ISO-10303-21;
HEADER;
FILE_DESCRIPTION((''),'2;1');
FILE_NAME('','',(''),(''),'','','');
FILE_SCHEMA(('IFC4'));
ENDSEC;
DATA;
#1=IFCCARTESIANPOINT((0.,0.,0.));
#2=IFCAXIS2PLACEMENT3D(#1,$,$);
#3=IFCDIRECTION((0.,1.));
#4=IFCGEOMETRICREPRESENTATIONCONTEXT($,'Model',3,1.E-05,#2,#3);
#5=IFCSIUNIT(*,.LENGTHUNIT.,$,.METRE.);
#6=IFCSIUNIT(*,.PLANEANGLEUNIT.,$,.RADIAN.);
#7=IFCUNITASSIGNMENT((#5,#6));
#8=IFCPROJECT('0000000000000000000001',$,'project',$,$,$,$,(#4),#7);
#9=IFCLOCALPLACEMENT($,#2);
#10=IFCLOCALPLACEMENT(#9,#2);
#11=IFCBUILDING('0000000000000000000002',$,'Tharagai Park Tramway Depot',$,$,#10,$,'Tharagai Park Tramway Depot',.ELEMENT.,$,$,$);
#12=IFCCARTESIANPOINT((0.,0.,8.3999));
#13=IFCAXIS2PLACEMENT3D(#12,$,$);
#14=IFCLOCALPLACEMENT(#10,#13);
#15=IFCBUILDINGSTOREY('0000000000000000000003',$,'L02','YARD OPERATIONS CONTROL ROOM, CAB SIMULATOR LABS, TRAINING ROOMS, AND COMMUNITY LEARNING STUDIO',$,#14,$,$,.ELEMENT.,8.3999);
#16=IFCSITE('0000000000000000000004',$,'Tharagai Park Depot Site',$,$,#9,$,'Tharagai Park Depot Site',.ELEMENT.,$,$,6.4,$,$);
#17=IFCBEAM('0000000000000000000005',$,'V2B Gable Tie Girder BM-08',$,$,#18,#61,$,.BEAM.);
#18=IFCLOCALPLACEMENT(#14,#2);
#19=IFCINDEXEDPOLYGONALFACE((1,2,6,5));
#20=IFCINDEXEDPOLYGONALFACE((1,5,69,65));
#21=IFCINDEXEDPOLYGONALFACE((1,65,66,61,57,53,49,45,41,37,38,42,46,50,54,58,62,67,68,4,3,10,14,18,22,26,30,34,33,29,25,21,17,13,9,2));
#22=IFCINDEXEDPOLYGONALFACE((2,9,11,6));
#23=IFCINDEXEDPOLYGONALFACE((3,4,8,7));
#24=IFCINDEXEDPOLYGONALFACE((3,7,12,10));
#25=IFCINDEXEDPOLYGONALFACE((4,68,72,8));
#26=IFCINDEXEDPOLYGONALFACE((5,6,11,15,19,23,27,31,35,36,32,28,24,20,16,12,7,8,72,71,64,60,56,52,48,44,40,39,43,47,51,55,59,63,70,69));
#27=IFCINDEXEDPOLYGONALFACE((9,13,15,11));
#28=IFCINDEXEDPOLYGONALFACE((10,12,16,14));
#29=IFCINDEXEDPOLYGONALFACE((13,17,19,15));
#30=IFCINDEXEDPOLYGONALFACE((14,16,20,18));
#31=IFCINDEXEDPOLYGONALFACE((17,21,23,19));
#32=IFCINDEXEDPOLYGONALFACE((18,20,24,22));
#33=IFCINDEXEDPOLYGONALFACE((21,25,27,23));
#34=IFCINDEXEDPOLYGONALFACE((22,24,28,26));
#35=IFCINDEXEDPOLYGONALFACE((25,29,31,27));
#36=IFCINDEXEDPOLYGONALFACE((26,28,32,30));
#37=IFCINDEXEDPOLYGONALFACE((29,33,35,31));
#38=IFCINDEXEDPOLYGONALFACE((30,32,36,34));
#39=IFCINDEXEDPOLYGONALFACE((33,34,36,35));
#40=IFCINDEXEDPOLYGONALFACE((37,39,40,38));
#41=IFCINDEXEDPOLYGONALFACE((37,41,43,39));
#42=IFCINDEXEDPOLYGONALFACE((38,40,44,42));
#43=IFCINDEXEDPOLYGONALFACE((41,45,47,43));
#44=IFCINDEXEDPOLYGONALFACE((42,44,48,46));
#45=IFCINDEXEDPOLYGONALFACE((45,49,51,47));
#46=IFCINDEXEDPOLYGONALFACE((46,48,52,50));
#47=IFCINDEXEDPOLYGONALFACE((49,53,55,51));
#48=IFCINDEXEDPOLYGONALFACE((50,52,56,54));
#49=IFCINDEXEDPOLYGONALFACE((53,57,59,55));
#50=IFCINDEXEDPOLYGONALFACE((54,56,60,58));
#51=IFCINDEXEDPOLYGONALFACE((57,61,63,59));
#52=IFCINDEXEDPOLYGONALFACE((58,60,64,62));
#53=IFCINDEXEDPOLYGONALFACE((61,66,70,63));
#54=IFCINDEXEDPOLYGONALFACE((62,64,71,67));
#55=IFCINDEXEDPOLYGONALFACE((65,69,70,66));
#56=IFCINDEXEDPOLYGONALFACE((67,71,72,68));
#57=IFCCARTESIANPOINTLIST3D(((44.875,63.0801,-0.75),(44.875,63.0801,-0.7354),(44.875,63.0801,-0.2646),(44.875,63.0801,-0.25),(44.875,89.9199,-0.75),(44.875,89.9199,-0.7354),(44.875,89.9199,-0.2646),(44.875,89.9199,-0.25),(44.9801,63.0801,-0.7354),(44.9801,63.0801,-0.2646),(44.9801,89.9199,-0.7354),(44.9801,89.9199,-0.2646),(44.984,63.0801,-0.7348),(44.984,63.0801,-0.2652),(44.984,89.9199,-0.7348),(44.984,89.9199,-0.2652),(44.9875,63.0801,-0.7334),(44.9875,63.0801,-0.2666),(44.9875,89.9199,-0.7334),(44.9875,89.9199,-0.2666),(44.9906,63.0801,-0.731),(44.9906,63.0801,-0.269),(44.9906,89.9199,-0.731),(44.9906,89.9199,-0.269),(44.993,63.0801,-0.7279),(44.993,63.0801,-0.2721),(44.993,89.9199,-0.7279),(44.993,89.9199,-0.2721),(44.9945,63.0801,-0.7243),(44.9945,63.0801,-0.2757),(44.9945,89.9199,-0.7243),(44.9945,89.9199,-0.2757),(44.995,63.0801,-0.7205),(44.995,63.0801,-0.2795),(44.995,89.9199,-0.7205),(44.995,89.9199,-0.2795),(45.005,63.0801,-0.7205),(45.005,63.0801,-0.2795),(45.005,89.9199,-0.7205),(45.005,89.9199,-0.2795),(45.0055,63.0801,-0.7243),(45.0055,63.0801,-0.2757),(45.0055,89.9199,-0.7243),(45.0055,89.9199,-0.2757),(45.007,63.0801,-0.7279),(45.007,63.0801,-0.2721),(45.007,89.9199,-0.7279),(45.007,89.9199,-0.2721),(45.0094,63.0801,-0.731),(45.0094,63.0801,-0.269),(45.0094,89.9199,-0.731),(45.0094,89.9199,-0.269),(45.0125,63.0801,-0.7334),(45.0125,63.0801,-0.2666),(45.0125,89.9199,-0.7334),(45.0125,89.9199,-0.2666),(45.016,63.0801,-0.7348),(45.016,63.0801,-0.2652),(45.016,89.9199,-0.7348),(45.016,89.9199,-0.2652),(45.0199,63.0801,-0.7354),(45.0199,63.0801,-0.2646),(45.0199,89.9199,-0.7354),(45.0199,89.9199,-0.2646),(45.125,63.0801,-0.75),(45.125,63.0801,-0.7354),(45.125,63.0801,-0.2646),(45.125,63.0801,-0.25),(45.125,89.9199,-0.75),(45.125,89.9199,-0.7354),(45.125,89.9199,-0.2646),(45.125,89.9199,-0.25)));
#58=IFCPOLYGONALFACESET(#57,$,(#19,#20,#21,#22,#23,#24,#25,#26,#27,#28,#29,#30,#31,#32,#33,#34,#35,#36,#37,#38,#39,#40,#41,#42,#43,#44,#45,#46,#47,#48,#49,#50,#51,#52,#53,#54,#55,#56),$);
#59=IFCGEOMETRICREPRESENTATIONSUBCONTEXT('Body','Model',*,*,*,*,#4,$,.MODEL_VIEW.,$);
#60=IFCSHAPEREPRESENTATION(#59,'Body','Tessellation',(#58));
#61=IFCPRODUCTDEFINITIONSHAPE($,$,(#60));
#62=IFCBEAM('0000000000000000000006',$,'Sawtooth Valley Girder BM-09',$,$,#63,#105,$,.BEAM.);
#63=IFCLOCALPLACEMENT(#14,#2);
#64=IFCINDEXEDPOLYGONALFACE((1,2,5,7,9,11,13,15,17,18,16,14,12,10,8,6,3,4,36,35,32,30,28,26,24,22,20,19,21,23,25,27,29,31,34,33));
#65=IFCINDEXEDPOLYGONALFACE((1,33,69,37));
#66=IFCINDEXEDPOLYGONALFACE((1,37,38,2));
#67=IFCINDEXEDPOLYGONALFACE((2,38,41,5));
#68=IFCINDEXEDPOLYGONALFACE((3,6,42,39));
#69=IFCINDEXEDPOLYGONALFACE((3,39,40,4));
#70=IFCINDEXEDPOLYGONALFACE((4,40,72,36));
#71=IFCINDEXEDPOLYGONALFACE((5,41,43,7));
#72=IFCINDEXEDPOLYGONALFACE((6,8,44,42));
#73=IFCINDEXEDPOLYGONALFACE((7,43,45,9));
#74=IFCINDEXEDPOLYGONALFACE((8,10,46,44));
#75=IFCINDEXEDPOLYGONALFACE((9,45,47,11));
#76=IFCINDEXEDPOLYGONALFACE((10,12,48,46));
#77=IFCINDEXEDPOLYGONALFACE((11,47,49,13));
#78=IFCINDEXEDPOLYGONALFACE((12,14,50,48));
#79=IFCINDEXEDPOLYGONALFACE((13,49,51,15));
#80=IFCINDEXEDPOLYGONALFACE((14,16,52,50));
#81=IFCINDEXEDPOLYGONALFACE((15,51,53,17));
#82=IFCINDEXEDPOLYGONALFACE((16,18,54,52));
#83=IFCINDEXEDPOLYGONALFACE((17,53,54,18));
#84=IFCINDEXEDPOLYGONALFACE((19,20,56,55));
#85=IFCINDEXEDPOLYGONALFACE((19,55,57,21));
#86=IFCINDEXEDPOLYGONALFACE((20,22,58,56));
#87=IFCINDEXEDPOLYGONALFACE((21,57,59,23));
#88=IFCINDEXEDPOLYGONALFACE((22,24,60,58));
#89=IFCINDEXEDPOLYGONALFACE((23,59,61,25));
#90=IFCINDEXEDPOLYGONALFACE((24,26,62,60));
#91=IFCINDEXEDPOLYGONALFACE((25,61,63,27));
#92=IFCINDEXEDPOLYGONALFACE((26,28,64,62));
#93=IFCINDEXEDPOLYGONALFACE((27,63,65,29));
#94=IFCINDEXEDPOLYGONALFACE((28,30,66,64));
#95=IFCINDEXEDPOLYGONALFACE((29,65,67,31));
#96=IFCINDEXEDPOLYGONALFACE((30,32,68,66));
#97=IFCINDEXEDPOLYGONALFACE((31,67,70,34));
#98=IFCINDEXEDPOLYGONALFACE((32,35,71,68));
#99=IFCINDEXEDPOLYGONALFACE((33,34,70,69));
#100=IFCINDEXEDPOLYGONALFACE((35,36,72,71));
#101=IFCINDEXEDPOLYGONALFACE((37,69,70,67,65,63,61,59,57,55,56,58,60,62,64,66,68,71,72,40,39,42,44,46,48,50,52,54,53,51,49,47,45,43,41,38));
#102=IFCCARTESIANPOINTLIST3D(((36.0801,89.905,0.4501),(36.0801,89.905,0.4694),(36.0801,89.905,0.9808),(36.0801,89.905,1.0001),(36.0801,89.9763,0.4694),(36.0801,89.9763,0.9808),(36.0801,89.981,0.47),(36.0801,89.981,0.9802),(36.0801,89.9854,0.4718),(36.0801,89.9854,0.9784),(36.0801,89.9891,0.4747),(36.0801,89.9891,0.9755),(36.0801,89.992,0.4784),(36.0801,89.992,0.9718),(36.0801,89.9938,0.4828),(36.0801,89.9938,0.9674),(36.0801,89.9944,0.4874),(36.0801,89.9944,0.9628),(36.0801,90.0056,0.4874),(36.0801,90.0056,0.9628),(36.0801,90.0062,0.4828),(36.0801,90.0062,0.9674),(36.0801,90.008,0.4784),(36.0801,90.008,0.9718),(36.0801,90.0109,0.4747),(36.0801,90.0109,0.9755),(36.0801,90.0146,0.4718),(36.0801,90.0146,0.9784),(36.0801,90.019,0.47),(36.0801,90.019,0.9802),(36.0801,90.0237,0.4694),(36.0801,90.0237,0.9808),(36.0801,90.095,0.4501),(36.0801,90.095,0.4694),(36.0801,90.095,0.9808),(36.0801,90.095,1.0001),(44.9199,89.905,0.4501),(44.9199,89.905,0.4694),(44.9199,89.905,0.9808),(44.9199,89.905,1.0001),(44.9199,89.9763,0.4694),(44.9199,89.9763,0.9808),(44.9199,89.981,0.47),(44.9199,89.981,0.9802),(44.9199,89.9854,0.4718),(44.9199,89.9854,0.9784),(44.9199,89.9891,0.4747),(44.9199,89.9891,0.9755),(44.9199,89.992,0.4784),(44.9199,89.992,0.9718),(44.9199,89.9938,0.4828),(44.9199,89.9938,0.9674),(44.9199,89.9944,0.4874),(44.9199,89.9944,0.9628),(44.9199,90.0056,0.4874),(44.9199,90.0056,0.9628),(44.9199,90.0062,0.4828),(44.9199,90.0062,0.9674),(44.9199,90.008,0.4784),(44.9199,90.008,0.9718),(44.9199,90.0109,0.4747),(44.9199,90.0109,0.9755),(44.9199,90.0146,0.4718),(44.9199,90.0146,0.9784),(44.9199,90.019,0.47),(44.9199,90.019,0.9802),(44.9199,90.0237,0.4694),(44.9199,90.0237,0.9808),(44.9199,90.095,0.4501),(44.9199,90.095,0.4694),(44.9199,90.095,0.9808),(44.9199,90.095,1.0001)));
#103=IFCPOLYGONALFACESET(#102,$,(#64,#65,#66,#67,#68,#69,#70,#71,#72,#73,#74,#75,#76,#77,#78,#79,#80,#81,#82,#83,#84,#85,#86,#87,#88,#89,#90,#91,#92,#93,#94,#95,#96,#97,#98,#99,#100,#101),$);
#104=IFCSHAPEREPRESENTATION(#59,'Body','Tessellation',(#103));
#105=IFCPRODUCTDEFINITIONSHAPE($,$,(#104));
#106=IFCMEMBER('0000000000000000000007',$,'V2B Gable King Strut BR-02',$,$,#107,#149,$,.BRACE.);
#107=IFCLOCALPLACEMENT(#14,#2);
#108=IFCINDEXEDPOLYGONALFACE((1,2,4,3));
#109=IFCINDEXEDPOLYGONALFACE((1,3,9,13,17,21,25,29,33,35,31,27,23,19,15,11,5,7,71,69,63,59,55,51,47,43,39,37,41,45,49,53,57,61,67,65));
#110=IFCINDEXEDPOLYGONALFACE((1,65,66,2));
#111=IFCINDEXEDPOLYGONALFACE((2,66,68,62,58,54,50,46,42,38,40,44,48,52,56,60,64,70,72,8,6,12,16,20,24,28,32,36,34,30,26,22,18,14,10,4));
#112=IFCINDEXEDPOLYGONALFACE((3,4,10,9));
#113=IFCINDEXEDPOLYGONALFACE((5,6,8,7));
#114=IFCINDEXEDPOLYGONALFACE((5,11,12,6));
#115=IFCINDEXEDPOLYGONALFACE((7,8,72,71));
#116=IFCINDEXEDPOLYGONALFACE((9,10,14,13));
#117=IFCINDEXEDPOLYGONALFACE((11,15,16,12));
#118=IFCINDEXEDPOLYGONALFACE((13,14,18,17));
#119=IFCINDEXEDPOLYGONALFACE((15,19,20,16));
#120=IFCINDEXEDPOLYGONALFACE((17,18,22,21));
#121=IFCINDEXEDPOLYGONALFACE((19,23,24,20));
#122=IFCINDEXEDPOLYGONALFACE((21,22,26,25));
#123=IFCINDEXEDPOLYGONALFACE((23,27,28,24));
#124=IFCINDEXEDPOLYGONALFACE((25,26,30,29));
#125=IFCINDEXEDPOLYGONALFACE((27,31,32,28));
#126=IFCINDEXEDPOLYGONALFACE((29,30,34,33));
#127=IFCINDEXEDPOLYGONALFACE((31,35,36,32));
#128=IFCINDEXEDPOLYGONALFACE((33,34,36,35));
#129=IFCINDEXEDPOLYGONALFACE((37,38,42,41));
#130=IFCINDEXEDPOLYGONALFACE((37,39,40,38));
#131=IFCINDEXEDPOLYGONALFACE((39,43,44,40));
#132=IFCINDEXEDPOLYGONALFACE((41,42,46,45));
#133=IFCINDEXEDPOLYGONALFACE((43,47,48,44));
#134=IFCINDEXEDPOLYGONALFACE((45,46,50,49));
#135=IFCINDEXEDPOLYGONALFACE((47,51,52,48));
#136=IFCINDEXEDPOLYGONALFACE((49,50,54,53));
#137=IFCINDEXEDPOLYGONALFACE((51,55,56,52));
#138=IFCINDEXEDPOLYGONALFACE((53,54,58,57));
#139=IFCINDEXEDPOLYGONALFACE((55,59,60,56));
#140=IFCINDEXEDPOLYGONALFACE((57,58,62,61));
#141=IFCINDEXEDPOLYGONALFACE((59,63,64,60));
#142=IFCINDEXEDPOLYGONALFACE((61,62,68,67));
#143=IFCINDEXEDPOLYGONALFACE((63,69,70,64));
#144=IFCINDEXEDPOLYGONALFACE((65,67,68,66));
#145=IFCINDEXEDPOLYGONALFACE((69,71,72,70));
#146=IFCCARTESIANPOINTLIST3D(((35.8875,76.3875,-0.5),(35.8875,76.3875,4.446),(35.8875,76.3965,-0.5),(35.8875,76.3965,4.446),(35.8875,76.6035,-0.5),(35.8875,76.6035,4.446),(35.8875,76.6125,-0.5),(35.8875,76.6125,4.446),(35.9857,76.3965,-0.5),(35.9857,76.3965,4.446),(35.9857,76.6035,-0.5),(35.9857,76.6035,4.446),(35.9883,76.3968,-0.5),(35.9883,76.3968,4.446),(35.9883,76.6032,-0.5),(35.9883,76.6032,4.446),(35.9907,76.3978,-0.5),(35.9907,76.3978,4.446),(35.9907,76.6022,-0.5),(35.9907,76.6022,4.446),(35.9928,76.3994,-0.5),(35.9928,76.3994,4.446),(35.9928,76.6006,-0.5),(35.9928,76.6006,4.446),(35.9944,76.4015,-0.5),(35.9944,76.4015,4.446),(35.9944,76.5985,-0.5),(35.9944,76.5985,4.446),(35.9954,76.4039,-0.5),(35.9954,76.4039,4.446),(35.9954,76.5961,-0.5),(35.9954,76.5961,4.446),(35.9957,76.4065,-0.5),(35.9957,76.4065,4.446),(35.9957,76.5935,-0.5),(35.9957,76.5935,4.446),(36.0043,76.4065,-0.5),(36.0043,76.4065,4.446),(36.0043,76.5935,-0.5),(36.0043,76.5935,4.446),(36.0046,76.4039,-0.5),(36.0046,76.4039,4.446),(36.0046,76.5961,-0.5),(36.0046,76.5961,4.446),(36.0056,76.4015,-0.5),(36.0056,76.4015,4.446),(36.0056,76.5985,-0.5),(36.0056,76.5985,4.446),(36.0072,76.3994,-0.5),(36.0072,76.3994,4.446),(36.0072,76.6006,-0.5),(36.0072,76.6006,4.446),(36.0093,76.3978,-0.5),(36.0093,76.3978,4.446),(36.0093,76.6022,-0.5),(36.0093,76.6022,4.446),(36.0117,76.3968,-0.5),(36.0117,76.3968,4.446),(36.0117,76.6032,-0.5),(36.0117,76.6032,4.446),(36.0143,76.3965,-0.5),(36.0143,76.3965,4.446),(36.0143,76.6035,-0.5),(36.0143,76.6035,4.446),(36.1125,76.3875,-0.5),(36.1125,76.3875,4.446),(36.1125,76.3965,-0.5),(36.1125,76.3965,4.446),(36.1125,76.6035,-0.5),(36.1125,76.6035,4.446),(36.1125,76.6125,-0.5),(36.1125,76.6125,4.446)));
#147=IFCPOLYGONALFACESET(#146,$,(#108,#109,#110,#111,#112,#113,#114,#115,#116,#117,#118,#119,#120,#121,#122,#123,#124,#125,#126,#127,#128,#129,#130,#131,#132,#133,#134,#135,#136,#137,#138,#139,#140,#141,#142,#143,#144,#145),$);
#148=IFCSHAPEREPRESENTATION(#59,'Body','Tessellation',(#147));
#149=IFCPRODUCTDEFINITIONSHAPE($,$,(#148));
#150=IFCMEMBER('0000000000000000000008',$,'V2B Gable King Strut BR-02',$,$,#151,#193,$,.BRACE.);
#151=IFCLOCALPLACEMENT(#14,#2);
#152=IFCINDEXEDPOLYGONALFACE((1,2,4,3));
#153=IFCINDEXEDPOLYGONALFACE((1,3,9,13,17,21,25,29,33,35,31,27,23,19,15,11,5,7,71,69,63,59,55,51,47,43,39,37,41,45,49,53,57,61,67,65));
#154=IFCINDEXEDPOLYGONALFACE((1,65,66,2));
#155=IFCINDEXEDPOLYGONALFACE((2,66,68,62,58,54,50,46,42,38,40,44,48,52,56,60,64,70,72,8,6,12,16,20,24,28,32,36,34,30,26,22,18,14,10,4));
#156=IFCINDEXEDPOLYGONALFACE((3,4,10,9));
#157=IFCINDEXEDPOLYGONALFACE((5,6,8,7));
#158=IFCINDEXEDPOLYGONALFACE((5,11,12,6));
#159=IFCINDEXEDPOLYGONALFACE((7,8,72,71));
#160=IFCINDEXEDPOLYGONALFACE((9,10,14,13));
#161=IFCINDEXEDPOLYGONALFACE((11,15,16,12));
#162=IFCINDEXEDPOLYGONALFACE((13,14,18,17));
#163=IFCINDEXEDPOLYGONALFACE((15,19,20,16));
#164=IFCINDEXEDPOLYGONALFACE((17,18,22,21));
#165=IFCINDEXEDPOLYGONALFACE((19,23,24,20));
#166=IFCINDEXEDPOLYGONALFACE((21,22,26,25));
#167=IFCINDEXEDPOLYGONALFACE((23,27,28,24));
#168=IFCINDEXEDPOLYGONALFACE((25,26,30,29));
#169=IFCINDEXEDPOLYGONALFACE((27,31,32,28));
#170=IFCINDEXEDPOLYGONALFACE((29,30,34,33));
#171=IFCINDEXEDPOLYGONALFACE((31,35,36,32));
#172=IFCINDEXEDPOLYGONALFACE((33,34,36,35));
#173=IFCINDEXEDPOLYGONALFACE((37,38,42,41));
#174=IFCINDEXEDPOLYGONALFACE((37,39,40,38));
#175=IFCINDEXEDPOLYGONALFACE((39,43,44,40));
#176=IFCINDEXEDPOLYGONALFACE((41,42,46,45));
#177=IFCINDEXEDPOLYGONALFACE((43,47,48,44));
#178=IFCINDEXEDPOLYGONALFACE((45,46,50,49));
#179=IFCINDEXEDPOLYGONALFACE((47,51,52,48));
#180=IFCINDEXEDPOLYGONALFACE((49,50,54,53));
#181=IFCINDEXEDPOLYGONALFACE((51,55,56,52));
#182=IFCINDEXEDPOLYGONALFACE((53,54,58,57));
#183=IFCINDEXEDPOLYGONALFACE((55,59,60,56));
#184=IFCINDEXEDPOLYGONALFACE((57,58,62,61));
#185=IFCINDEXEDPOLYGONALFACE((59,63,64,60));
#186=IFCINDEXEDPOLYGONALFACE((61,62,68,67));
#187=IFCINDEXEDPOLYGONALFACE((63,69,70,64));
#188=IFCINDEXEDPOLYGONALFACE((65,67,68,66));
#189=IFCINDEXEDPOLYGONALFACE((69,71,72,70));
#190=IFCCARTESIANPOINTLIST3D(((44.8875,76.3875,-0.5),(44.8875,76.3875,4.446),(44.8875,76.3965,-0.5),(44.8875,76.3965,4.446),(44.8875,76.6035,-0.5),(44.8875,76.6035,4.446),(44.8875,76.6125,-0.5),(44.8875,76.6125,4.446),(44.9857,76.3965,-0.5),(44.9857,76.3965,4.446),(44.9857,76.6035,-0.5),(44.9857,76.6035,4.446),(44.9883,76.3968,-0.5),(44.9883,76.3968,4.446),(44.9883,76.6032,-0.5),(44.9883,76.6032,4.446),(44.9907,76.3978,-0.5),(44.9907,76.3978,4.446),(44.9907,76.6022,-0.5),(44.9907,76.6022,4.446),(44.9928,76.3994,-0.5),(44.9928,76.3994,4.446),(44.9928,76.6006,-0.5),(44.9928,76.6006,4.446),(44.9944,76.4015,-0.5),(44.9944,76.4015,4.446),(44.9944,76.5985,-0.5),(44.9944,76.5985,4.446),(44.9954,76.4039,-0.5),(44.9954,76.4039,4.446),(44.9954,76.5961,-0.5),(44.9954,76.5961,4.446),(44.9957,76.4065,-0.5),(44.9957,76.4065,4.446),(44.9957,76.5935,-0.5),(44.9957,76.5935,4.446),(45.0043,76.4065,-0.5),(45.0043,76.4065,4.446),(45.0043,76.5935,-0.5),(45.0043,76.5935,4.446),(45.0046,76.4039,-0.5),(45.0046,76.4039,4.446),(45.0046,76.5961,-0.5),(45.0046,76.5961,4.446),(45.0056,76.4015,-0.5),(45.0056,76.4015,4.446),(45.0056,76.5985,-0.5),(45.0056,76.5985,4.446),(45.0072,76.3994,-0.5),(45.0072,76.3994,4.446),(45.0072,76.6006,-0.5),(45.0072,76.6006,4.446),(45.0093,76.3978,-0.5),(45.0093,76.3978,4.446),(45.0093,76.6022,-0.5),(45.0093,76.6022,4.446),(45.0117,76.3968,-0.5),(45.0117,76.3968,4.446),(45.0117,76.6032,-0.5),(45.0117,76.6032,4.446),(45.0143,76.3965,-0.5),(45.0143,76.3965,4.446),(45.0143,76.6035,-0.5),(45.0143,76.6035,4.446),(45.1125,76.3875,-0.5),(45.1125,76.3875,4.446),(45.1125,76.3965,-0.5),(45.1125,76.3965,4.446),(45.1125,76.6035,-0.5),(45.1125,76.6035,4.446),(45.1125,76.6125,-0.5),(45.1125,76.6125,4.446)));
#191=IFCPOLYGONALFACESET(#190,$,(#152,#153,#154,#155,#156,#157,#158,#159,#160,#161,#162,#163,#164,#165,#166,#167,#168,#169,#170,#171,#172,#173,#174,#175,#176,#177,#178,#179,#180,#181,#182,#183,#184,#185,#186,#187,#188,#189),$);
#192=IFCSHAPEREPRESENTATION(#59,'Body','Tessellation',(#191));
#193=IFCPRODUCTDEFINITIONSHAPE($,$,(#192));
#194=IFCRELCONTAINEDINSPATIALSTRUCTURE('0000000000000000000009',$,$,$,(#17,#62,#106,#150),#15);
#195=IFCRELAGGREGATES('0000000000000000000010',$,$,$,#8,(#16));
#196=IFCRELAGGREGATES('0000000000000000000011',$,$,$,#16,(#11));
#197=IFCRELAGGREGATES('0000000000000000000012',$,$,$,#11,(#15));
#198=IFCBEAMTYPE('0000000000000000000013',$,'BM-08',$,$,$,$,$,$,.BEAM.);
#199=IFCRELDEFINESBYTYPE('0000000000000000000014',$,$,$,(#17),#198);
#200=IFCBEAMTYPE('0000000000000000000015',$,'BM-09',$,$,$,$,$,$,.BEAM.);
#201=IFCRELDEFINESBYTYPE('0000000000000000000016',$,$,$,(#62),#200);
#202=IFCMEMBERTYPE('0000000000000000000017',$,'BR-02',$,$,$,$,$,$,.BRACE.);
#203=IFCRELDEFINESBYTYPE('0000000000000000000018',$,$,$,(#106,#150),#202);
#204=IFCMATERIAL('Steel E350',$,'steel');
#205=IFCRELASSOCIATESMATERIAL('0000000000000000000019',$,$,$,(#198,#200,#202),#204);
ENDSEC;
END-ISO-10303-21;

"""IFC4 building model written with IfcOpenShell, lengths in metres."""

from ifc_helpers import new_model, si_unit, direction, frame, origin, origin_2d, place, context, subcontext, project, spatial, i_section, extrude, material, material_profile, profile_set, type_object, element, save


model = new_model("IFC4")

# Units and contexts
model_context = context("Model", 3, precision=1e-05, world=origin(), true_north=direction((0.0, 1.0)))
body_context = subcontext(model_context, "Body", "Model", "MODEL_VIEW")
ifc_project = project(units=[si_unit("LENGTHUNIT", "METRE"), si_unit("PLANEANGLEUNIT", "RADIAN")], contexts=[model_context])

# Site, building, storey
site_placement = place(None, origin())
site = spatial("IfcSite", under=ifc_project, at=site_placement, Name="Tharagai Park Depot Site", LongName="Tharagai Park Depot Site", CompositionType="ELEMENT", RefElevation=6.4)
building_placement = place(site_placement, origin())
building = spatial("IfcBuilding", under=site, at=building_placement, Name="Tharagai Park Tramway Depot", LongName="Tharagai Park Tramway Depot", CompositionType="ELEMENT")
storey_placement = place(building_placement, frame((0.0, 0.0, 8.3999)))
storey = spatial("IfcBuildingStorey", under=building, at=storey_placement, Name="L02", Description="YARD OPERATIONS CONTROL ROOM, CAB SIMULATOR LABS, TRAINING ROOMS, AND COMMUNITY LEARNING STUDIO", CompositionType="ELEMENT", Elevation=8.3999)

# Shared definitions
ifc_material_1 = material(Name="Steel E350", Category="steel")

# Beams
ifc_material_profile_1 = material_profile(ifc_material_1, i_section(OverallWidth=0.25, OverallDepth=0.5, WebThickness=0.01, FlangeThickness=0.0146, FilletRadius=0.0149, at=origin_2d()), Name="ISWB 500")
ifc_profile_set_1 = profile_set([ifc_material_profile_1], Name="Steel E350")
beam_type_1 = type_object("IfcBeamType", Name="BM-08", PredefinedType="BEAM", material=ifc_profile_set_1)
for number, where, z_axis, x_axis, name in (
    (1, (45.0, 63.0801, -0.5), (0.0, 1.0, 0.0), (-1.0, 0.0, 0.0), "V2B Gable Tie Girder BM-08"),
):
    element("IfcBeam", number, at=place(storey_placement, frame(where, z_axis=z_axis, x_axis=x_axis)), inside=storey, type_object=beam_type_1, Name=name, PredefinedType="BEAM", context=body_context, shape_type="SweptSolid", body=[
        extrude(i_section(OverallWidth=0.25, OverallDepth=0.5, WebThickness=0.01, FlangeThickness=0.0146, FilletRadius=0.0149, at=origin_2d()), origin(), (0.0, 0.0, 1.0), 26.8398),
    ])
ifc_material_profile_2 = material_profile(ifc_material_1, i_section(OverallWidth=0.1899, OverallDepth=0.55, WebThickness=0.0112, FlangeThickness=0.0193, FilletRadius=0.0181, at=origin_2d()), Name="ISMB 550")
ifc_profile_set_2 = profile_set([ifc_material_profile_2], Name="Steel E350")
beam_type_2 = type_object("IfcBeamType", Name="BM-09", PredefinedType="BEAM", material=ifc_profile_set_2)
beam_1_placement = place(storey_placement, frame((36.0801, 90.0, 0.7251), z_axis=(1.0, 0.0, 0.0), x_axis=(0.0, 1.0, 0.0)))
element("IfcBeam", 2, at=beam_1_placement, inside=storey, type_object=beam_type_2, Name="Sawtooth Valley Girder BM-09", PredefinedType="BEAM", context=body_context, shape_type="SweptSolid", body=[
    extrude(i_section(OverallWidth=0.1899, OverallDepth=0.55, WebThickness=0.0112, FlangeThickness=0.0193, FilletRadius=0.0181, at=origin_2d()), origin(), (0.0, 0.0, 1.0), 8.8398),
])

# Members
ifc_material_profile_3 = material_profile(ifc_material_1, i_section(OverallWidth=0.2251, OverallDepth=0.2251, WebThickness=0.0085, FlangeThickness=0.009, FilletRadius=0.01, at=origin_2d()), Name="ISHB 225")
ifc_profile_set_3 = profile_set([ifc_material_profile_3], Name="Steel E350")
member_type_1 = type_object("IfcMemberType", Name="BR-02", PredefinedType="BRACE", material=ifc_profile_set_3)
for number, where, z_axis, x_axis, name in (
    (3, (36.0, 76.5, -0.5), (0.0, 0.0, 1.0), (1.0, 0.0, 0.0), "V2B Gable King Strut BR-02"),
    (4, (45.0, 76.5, -0.5), (0.0, 0.0, 1.0), (1.0, 0.0, 0.0), "V2B Gable King Strut BR-02"),
):
    element("IfcMember", number, at=place(storey_placement, frame(where, z_axis=z_axis, x_axis=x_axis)), inside=storey, type_object=member_type_1, Name=name, PredefinedType="BRACE", context=body_context, shape_type="SweptSolid", body=[
        extrude(i_section(OverallWidth=0.2251, OverallDepth=0.2251, WebThickness=0.0085, FlangeThickness=0.009, FilletRadius=0.01, at=origin_2d()), origin(), (0.0, 0.0, 1.0), 4.946),
    ])

save(model, "model.ifc")
